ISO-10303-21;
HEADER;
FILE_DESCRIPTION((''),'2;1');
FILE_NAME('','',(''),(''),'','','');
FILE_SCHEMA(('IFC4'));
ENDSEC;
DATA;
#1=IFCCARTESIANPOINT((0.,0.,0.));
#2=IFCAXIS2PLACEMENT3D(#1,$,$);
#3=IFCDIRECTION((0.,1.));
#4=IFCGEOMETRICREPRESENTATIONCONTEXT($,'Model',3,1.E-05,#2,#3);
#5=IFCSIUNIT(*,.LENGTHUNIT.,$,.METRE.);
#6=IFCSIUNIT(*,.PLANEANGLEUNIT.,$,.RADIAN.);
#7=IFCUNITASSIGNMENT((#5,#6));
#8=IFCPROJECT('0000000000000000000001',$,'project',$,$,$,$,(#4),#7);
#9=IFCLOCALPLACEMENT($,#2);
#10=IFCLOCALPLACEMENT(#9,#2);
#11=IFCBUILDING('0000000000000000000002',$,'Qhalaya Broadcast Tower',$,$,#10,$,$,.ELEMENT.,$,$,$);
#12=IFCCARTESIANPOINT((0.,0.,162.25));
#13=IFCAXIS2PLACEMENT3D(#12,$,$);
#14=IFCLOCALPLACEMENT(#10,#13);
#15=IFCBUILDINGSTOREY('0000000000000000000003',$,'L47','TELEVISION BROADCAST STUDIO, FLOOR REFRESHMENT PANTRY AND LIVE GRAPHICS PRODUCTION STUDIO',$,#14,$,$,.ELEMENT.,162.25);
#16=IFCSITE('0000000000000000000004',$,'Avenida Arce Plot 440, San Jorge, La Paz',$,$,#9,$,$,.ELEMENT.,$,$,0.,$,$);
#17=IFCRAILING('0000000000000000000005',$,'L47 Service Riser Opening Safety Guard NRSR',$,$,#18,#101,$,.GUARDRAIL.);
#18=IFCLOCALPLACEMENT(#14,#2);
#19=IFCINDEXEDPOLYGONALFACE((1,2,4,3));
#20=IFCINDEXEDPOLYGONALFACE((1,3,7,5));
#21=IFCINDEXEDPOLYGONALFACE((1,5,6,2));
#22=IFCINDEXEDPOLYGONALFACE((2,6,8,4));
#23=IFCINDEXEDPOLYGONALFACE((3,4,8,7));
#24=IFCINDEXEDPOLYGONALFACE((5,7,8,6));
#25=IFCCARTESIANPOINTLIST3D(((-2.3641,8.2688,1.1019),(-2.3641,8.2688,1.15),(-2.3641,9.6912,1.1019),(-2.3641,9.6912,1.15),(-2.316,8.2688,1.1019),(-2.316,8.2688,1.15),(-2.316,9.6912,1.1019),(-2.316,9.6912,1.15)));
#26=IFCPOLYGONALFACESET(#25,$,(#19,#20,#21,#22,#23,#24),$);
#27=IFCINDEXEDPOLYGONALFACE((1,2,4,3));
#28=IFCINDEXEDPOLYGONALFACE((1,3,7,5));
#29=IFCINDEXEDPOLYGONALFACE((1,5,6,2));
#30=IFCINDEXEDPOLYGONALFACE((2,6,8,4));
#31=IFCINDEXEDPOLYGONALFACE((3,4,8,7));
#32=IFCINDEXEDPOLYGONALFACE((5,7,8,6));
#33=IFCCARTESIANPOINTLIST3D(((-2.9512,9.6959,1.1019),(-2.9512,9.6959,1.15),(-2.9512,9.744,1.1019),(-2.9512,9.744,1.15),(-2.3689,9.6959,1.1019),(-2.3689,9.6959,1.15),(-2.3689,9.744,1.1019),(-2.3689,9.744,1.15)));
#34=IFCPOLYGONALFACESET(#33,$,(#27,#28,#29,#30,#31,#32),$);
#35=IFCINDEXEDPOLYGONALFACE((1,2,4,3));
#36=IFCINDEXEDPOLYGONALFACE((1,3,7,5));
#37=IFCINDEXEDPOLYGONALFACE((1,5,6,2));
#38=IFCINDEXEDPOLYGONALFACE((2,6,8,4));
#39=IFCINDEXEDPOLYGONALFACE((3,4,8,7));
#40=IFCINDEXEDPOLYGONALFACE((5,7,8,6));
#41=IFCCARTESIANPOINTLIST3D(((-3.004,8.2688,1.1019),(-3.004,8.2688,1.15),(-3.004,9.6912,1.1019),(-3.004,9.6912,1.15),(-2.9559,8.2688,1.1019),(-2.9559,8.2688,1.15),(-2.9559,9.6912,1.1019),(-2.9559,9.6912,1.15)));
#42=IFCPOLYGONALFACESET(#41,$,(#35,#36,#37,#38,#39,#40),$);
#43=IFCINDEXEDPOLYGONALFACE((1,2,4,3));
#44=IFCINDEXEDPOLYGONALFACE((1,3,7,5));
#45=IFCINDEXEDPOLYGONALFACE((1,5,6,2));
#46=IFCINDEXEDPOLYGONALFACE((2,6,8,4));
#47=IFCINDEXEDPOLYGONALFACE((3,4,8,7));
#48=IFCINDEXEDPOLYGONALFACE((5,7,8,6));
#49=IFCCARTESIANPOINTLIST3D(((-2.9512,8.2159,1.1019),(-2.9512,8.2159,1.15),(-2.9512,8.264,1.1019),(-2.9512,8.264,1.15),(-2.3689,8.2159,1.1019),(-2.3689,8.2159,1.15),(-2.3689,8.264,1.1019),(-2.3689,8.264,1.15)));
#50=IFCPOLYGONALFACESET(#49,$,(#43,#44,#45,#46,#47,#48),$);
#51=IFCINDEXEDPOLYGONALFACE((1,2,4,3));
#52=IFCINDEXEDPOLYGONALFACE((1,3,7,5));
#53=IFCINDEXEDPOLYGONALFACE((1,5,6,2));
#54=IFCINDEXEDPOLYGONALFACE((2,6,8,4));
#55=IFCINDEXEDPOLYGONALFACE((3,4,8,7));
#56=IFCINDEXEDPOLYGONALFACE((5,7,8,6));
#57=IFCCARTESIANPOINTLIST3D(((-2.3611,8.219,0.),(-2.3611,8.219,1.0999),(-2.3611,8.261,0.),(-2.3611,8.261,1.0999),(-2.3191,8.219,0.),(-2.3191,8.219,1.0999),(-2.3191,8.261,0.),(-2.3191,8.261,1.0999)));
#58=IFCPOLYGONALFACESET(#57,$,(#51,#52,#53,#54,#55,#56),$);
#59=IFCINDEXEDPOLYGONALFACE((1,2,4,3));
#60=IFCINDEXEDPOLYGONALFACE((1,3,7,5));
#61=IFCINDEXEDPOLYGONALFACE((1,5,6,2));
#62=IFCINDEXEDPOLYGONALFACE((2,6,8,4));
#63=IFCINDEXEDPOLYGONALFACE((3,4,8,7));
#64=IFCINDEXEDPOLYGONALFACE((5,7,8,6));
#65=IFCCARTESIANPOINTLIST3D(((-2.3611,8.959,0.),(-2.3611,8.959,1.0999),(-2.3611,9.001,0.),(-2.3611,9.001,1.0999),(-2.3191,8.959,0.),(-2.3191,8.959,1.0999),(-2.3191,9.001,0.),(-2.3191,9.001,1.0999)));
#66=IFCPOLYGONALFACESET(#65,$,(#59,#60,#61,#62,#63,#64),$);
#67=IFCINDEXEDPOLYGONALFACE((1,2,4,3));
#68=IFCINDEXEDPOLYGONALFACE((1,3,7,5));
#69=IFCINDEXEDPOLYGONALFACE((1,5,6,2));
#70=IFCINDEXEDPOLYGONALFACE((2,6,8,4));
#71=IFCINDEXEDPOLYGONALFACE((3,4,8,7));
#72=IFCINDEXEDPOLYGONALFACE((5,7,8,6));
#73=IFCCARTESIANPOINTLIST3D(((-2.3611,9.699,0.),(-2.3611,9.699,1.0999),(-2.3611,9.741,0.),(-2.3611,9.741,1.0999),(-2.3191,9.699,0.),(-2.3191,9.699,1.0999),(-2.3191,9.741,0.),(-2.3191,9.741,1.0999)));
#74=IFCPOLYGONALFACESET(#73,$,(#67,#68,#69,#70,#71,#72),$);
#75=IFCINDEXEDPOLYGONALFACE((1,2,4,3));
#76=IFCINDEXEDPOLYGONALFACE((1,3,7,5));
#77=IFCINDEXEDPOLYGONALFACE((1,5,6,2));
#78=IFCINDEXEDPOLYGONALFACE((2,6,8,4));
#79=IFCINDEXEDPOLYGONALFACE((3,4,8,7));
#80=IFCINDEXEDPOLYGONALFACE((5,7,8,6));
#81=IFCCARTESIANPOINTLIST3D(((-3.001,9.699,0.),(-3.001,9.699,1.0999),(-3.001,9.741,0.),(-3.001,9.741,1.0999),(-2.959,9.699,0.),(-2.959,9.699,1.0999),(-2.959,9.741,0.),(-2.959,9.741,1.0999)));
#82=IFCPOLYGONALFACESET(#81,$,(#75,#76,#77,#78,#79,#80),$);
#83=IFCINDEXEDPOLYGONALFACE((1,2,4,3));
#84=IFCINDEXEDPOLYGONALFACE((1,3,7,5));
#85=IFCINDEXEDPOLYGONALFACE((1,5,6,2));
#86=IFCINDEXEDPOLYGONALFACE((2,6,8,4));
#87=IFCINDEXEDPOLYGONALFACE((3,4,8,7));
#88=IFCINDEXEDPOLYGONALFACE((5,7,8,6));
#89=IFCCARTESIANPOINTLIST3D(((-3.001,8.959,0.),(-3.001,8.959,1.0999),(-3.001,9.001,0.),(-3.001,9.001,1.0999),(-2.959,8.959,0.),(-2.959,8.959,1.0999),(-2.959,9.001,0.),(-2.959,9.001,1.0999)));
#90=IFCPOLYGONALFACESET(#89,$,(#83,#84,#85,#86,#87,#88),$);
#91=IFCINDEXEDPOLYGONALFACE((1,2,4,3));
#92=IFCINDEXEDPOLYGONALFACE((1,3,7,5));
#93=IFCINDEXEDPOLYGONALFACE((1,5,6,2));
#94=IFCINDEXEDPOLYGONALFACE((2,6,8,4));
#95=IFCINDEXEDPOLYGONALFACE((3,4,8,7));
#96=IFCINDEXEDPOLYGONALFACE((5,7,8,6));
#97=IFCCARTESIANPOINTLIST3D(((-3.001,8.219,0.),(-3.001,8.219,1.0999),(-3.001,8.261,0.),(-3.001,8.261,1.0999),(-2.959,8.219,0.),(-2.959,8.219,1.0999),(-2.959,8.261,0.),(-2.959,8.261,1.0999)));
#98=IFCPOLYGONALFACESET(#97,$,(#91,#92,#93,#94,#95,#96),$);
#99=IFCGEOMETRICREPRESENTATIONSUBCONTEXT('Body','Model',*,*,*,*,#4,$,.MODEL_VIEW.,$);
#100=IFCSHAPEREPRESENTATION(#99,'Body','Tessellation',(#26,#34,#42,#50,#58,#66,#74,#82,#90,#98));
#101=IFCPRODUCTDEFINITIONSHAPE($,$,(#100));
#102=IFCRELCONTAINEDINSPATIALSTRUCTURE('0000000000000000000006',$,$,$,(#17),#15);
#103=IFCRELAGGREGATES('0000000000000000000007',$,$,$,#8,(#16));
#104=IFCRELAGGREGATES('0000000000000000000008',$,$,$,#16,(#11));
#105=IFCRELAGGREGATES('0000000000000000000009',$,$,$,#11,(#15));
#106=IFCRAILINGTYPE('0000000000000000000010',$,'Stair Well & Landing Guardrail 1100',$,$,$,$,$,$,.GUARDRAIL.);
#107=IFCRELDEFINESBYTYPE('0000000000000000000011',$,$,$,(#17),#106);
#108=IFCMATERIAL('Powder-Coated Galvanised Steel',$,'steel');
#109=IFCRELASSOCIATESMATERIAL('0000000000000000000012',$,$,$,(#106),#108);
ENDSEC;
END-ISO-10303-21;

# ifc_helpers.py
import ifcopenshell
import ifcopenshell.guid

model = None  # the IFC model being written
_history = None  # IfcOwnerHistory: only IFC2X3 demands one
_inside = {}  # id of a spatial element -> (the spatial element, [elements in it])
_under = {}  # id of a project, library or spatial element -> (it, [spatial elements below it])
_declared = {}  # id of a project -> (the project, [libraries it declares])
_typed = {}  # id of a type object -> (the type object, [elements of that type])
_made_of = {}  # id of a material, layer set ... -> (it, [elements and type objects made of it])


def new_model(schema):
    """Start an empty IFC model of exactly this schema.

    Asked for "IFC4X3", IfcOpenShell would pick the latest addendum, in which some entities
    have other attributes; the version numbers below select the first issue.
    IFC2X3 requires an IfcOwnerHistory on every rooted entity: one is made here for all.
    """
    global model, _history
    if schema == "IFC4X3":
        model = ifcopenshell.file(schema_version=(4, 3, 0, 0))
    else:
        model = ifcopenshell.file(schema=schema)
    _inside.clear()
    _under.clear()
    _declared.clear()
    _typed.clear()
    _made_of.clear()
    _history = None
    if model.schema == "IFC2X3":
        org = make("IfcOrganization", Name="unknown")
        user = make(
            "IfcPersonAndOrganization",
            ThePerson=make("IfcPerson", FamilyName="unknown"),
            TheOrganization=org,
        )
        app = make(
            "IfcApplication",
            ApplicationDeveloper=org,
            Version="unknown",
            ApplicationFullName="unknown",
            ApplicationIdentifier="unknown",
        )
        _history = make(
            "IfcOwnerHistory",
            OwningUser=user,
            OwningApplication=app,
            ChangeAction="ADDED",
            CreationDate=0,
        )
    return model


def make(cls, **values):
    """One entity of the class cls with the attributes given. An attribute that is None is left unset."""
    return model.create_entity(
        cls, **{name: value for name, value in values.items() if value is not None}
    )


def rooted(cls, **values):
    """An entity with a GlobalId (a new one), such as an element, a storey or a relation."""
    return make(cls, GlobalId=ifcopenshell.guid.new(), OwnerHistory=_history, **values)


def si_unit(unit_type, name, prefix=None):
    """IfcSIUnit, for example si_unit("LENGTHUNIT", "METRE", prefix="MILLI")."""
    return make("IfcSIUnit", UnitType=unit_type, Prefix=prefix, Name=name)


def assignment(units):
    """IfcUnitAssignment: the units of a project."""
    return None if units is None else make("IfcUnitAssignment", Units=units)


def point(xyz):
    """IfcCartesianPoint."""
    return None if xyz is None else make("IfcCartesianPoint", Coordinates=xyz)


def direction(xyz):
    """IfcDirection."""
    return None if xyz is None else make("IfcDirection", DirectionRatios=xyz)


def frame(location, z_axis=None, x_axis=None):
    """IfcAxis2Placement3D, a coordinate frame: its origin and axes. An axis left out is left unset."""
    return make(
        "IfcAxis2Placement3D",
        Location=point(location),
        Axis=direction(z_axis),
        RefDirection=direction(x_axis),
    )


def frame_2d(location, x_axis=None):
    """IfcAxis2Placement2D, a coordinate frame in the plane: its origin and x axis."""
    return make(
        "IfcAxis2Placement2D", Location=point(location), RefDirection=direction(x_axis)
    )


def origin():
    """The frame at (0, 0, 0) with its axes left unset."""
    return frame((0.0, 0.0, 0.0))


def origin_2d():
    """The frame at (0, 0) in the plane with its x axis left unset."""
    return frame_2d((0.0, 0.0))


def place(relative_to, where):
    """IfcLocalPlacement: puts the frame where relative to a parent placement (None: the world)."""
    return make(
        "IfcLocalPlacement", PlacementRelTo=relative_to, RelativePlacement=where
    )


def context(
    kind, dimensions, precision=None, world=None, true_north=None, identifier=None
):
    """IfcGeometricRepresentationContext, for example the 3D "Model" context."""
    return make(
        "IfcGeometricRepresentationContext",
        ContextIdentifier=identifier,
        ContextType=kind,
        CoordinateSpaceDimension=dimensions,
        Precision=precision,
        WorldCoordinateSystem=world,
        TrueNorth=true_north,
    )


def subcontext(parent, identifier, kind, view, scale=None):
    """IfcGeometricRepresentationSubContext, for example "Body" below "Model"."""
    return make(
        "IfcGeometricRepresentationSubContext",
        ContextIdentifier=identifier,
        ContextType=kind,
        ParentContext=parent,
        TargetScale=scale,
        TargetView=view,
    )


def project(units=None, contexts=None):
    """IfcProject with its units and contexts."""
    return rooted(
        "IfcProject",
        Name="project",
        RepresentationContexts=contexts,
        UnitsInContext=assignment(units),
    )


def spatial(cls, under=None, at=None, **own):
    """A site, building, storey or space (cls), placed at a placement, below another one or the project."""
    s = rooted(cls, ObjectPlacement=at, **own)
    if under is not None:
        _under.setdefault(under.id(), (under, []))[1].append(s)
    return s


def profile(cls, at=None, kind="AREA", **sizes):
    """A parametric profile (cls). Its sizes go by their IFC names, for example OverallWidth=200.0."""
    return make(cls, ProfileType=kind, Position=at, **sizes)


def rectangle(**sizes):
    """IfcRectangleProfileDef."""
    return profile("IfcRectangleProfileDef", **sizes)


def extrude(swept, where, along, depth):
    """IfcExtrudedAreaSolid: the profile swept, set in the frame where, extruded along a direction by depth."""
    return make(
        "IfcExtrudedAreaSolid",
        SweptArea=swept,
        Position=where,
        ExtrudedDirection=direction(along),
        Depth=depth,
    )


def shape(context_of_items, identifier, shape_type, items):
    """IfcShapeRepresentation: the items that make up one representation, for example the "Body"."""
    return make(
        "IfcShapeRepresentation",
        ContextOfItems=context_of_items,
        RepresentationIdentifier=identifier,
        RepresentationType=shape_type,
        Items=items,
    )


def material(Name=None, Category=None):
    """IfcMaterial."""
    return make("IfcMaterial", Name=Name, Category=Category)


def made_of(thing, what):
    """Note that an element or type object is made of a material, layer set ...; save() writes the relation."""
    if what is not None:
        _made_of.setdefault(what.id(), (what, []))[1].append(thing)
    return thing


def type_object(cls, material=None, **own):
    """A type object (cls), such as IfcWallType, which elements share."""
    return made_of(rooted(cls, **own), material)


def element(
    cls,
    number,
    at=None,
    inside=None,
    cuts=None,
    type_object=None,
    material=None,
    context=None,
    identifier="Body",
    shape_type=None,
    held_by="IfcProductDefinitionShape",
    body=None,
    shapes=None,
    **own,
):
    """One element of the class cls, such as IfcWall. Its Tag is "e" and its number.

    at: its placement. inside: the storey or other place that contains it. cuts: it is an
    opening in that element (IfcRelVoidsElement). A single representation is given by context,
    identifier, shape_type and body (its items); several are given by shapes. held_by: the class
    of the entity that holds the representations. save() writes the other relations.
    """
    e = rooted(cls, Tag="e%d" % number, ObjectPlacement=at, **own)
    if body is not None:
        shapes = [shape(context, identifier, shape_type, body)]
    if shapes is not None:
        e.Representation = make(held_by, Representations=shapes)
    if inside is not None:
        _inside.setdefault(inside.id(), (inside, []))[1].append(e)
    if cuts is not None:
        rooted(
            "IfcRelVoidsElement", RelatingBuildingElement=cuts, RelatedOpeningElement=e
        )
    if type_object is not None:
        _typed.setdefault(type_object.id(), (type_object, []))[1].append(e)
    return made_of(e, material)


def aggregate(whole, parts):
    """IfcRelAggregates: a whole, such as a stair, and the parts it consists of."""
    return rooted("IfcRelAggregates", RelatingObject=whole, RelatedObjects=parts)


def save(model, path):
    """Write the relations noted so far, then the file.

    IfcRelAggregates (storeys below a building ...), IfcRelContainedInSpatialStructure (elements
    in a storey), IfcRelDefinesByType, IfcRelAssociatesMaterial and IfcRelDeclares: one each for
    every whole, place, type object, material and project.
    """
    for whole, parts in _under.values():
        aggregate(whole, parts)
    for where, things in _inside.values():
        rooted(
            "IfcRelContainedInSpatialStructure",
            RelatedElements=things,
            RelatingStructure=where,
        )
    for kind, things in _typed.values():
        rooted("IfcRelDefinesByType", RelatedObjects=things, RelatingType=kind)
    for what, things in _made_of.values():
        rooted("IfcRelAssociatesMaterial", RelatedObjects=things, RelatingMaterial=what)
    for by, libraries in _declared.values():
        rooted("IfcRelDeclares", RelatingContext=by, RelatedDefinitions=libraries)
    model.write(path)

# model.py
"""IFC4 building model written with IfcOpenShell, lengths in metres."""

from ifc_helpers import new_model, si_unit, direction, frame, origin, origin_2d, place, context, subcontext, project, spatial, rectangle, extrude, material, type_object, element, save


model = new_model("IFC4")

# Units and contexts
model_context = context("Model", 3, precision=1e-05, world=origin(), true_north=direction((0.0, 1.0)))
body_context = subcontext(model_context, "Body", "Model", "MODEL_VIEW")
ifc_project = project(units=[si_unit("LENGTHUNIT", "METRE"), si_unit("PLANEANGLEUNIT", "RADIAN")], contexts=[model_context])

# Site, building, storey
site_placement = place(None, origin())
site = spatial("IfcSite", under=ifc_project, at=site_placement, Name="Avenida Arce Plot 440, San Jorge, La Paz", CompositionType="ELEMENT", RefElevation=0.0)
building_placement = place(site_placement, origin())
building = spatial("IfcBuilding", under=site, at=building_placement, Name="Qhalaya Broadcast Tower", CompositionType="ELEMENT")
storey_placement = place(building_placement, frame((0.0, 0.0, 162.25)))
storey = spatial("IfcBuildingStorey", under=building, at=storey_placement, Name="L47", Description="TELEVISION BROADCAST STUDIO, FLOOR REFRESHMENT PANTRY AND LIVE GRAPHICS PRODUCTION STUDIO", CompositionType="ELEMENT", Elevation=162.25)

# Railing
ifc_material_1 = material(Name="Powder-Coated Galvanised Steel", Category="steel")
railing_type = type_object("IfcRailingType", Name="Stair Well & Landing Guardrail 1100", PredefinedType="GUARDRAIL", material=ifc_material_1)
railing_placement = place(storey_placement, frame((-2.3401, 8.24, 0.0)))
element("IfcRailing", 1, at=railing_placement, inside=storey, type_object=railing_type, Name="L47 Service Riser Opening Safety Guard NRSR", PredefinedType="GUARDRAIL", context=body_context, shape_type="SweptSolid", body=[
    extrude(rectangle(XDim=0.0481, YDim=0.0481, at=origin_2d()), frame((0.0, 0.0288, 1.126), z_axis=(0.0, 1.0, 0.0), x_axis=(-1.0, 0.0, 0.0)), (0.0, 0.0, 1.0), 1.4224),
    extrude(rectangle(XDim=0.0481, YDim=0.0481, at=origin_2d()), frame((-0.0288, 1.48, 1.126), z_axis=(-1.0, 0.0, 0.0), x_axis=(0.0, -1.0, 0.0)), (0.0, 0.0, 1.0), 0.5823),
    extrude(rectangle(XDim=0.0481, YDim=0.0481, at=origin_2d()), frame((-0.6399, 1.4512, 1.126), z_axis=(0.0, -1.0, 0.0), x_axis=(1.0, 0.0, 0.0)), (0.0, 0.0, 1.0), 1.4224),
    extrude(rectangle(XDim=0.0481, YDim=0.0481, at=origin_2d()), frame((-0.6111, 0.0, 1.126), z_axis=(1.0, 0.0, 0.0), x_axis=(0.0, 1.0, 0.0)), (0.0, 0.0, 1.0), 0.5823),
    extrude(rectangle(XDim=0.042, YDim=0.042, at=origin_2d()), origin(), (0.0, 0.0, 1.0), 1.0999),
    extrude(rectangle(XDim=0.042, YDim=0.042, at=origin_2d()), frame((0.0, 0.74, 0.0)), (0.0, 0.0, 1.0), 1.0999),
    extrude(rectangle(XDim=0.042, YDim=0.042, at=origin_2d()), frame((0.0, 1.48, 0.0)), (0.0, 0.0, 1.0), 1.0999),
    extrude(rectangle(XDim=0.042, YDim=0.042, at=origin_2d()), frame((-0.6399, 1.48, 0.0)), (0.0, 0.0, 1.0), 1.0999),
    extrude(rectangle(XDim=0.042, YDim=0.042, at=origin_2d()), frame((-0.6399, 0.74, 0.0)), (0.0, 0.0, 1.0), 1.0999),
    extrude(rectangle(XDim=0.042, YDim=0.042, at=origin_2d()), frame((-0.6399, 0.0, 0.0)), (0.0, 0.0, 1.0), 1.0999),
])

save(model, "model.ifc")
